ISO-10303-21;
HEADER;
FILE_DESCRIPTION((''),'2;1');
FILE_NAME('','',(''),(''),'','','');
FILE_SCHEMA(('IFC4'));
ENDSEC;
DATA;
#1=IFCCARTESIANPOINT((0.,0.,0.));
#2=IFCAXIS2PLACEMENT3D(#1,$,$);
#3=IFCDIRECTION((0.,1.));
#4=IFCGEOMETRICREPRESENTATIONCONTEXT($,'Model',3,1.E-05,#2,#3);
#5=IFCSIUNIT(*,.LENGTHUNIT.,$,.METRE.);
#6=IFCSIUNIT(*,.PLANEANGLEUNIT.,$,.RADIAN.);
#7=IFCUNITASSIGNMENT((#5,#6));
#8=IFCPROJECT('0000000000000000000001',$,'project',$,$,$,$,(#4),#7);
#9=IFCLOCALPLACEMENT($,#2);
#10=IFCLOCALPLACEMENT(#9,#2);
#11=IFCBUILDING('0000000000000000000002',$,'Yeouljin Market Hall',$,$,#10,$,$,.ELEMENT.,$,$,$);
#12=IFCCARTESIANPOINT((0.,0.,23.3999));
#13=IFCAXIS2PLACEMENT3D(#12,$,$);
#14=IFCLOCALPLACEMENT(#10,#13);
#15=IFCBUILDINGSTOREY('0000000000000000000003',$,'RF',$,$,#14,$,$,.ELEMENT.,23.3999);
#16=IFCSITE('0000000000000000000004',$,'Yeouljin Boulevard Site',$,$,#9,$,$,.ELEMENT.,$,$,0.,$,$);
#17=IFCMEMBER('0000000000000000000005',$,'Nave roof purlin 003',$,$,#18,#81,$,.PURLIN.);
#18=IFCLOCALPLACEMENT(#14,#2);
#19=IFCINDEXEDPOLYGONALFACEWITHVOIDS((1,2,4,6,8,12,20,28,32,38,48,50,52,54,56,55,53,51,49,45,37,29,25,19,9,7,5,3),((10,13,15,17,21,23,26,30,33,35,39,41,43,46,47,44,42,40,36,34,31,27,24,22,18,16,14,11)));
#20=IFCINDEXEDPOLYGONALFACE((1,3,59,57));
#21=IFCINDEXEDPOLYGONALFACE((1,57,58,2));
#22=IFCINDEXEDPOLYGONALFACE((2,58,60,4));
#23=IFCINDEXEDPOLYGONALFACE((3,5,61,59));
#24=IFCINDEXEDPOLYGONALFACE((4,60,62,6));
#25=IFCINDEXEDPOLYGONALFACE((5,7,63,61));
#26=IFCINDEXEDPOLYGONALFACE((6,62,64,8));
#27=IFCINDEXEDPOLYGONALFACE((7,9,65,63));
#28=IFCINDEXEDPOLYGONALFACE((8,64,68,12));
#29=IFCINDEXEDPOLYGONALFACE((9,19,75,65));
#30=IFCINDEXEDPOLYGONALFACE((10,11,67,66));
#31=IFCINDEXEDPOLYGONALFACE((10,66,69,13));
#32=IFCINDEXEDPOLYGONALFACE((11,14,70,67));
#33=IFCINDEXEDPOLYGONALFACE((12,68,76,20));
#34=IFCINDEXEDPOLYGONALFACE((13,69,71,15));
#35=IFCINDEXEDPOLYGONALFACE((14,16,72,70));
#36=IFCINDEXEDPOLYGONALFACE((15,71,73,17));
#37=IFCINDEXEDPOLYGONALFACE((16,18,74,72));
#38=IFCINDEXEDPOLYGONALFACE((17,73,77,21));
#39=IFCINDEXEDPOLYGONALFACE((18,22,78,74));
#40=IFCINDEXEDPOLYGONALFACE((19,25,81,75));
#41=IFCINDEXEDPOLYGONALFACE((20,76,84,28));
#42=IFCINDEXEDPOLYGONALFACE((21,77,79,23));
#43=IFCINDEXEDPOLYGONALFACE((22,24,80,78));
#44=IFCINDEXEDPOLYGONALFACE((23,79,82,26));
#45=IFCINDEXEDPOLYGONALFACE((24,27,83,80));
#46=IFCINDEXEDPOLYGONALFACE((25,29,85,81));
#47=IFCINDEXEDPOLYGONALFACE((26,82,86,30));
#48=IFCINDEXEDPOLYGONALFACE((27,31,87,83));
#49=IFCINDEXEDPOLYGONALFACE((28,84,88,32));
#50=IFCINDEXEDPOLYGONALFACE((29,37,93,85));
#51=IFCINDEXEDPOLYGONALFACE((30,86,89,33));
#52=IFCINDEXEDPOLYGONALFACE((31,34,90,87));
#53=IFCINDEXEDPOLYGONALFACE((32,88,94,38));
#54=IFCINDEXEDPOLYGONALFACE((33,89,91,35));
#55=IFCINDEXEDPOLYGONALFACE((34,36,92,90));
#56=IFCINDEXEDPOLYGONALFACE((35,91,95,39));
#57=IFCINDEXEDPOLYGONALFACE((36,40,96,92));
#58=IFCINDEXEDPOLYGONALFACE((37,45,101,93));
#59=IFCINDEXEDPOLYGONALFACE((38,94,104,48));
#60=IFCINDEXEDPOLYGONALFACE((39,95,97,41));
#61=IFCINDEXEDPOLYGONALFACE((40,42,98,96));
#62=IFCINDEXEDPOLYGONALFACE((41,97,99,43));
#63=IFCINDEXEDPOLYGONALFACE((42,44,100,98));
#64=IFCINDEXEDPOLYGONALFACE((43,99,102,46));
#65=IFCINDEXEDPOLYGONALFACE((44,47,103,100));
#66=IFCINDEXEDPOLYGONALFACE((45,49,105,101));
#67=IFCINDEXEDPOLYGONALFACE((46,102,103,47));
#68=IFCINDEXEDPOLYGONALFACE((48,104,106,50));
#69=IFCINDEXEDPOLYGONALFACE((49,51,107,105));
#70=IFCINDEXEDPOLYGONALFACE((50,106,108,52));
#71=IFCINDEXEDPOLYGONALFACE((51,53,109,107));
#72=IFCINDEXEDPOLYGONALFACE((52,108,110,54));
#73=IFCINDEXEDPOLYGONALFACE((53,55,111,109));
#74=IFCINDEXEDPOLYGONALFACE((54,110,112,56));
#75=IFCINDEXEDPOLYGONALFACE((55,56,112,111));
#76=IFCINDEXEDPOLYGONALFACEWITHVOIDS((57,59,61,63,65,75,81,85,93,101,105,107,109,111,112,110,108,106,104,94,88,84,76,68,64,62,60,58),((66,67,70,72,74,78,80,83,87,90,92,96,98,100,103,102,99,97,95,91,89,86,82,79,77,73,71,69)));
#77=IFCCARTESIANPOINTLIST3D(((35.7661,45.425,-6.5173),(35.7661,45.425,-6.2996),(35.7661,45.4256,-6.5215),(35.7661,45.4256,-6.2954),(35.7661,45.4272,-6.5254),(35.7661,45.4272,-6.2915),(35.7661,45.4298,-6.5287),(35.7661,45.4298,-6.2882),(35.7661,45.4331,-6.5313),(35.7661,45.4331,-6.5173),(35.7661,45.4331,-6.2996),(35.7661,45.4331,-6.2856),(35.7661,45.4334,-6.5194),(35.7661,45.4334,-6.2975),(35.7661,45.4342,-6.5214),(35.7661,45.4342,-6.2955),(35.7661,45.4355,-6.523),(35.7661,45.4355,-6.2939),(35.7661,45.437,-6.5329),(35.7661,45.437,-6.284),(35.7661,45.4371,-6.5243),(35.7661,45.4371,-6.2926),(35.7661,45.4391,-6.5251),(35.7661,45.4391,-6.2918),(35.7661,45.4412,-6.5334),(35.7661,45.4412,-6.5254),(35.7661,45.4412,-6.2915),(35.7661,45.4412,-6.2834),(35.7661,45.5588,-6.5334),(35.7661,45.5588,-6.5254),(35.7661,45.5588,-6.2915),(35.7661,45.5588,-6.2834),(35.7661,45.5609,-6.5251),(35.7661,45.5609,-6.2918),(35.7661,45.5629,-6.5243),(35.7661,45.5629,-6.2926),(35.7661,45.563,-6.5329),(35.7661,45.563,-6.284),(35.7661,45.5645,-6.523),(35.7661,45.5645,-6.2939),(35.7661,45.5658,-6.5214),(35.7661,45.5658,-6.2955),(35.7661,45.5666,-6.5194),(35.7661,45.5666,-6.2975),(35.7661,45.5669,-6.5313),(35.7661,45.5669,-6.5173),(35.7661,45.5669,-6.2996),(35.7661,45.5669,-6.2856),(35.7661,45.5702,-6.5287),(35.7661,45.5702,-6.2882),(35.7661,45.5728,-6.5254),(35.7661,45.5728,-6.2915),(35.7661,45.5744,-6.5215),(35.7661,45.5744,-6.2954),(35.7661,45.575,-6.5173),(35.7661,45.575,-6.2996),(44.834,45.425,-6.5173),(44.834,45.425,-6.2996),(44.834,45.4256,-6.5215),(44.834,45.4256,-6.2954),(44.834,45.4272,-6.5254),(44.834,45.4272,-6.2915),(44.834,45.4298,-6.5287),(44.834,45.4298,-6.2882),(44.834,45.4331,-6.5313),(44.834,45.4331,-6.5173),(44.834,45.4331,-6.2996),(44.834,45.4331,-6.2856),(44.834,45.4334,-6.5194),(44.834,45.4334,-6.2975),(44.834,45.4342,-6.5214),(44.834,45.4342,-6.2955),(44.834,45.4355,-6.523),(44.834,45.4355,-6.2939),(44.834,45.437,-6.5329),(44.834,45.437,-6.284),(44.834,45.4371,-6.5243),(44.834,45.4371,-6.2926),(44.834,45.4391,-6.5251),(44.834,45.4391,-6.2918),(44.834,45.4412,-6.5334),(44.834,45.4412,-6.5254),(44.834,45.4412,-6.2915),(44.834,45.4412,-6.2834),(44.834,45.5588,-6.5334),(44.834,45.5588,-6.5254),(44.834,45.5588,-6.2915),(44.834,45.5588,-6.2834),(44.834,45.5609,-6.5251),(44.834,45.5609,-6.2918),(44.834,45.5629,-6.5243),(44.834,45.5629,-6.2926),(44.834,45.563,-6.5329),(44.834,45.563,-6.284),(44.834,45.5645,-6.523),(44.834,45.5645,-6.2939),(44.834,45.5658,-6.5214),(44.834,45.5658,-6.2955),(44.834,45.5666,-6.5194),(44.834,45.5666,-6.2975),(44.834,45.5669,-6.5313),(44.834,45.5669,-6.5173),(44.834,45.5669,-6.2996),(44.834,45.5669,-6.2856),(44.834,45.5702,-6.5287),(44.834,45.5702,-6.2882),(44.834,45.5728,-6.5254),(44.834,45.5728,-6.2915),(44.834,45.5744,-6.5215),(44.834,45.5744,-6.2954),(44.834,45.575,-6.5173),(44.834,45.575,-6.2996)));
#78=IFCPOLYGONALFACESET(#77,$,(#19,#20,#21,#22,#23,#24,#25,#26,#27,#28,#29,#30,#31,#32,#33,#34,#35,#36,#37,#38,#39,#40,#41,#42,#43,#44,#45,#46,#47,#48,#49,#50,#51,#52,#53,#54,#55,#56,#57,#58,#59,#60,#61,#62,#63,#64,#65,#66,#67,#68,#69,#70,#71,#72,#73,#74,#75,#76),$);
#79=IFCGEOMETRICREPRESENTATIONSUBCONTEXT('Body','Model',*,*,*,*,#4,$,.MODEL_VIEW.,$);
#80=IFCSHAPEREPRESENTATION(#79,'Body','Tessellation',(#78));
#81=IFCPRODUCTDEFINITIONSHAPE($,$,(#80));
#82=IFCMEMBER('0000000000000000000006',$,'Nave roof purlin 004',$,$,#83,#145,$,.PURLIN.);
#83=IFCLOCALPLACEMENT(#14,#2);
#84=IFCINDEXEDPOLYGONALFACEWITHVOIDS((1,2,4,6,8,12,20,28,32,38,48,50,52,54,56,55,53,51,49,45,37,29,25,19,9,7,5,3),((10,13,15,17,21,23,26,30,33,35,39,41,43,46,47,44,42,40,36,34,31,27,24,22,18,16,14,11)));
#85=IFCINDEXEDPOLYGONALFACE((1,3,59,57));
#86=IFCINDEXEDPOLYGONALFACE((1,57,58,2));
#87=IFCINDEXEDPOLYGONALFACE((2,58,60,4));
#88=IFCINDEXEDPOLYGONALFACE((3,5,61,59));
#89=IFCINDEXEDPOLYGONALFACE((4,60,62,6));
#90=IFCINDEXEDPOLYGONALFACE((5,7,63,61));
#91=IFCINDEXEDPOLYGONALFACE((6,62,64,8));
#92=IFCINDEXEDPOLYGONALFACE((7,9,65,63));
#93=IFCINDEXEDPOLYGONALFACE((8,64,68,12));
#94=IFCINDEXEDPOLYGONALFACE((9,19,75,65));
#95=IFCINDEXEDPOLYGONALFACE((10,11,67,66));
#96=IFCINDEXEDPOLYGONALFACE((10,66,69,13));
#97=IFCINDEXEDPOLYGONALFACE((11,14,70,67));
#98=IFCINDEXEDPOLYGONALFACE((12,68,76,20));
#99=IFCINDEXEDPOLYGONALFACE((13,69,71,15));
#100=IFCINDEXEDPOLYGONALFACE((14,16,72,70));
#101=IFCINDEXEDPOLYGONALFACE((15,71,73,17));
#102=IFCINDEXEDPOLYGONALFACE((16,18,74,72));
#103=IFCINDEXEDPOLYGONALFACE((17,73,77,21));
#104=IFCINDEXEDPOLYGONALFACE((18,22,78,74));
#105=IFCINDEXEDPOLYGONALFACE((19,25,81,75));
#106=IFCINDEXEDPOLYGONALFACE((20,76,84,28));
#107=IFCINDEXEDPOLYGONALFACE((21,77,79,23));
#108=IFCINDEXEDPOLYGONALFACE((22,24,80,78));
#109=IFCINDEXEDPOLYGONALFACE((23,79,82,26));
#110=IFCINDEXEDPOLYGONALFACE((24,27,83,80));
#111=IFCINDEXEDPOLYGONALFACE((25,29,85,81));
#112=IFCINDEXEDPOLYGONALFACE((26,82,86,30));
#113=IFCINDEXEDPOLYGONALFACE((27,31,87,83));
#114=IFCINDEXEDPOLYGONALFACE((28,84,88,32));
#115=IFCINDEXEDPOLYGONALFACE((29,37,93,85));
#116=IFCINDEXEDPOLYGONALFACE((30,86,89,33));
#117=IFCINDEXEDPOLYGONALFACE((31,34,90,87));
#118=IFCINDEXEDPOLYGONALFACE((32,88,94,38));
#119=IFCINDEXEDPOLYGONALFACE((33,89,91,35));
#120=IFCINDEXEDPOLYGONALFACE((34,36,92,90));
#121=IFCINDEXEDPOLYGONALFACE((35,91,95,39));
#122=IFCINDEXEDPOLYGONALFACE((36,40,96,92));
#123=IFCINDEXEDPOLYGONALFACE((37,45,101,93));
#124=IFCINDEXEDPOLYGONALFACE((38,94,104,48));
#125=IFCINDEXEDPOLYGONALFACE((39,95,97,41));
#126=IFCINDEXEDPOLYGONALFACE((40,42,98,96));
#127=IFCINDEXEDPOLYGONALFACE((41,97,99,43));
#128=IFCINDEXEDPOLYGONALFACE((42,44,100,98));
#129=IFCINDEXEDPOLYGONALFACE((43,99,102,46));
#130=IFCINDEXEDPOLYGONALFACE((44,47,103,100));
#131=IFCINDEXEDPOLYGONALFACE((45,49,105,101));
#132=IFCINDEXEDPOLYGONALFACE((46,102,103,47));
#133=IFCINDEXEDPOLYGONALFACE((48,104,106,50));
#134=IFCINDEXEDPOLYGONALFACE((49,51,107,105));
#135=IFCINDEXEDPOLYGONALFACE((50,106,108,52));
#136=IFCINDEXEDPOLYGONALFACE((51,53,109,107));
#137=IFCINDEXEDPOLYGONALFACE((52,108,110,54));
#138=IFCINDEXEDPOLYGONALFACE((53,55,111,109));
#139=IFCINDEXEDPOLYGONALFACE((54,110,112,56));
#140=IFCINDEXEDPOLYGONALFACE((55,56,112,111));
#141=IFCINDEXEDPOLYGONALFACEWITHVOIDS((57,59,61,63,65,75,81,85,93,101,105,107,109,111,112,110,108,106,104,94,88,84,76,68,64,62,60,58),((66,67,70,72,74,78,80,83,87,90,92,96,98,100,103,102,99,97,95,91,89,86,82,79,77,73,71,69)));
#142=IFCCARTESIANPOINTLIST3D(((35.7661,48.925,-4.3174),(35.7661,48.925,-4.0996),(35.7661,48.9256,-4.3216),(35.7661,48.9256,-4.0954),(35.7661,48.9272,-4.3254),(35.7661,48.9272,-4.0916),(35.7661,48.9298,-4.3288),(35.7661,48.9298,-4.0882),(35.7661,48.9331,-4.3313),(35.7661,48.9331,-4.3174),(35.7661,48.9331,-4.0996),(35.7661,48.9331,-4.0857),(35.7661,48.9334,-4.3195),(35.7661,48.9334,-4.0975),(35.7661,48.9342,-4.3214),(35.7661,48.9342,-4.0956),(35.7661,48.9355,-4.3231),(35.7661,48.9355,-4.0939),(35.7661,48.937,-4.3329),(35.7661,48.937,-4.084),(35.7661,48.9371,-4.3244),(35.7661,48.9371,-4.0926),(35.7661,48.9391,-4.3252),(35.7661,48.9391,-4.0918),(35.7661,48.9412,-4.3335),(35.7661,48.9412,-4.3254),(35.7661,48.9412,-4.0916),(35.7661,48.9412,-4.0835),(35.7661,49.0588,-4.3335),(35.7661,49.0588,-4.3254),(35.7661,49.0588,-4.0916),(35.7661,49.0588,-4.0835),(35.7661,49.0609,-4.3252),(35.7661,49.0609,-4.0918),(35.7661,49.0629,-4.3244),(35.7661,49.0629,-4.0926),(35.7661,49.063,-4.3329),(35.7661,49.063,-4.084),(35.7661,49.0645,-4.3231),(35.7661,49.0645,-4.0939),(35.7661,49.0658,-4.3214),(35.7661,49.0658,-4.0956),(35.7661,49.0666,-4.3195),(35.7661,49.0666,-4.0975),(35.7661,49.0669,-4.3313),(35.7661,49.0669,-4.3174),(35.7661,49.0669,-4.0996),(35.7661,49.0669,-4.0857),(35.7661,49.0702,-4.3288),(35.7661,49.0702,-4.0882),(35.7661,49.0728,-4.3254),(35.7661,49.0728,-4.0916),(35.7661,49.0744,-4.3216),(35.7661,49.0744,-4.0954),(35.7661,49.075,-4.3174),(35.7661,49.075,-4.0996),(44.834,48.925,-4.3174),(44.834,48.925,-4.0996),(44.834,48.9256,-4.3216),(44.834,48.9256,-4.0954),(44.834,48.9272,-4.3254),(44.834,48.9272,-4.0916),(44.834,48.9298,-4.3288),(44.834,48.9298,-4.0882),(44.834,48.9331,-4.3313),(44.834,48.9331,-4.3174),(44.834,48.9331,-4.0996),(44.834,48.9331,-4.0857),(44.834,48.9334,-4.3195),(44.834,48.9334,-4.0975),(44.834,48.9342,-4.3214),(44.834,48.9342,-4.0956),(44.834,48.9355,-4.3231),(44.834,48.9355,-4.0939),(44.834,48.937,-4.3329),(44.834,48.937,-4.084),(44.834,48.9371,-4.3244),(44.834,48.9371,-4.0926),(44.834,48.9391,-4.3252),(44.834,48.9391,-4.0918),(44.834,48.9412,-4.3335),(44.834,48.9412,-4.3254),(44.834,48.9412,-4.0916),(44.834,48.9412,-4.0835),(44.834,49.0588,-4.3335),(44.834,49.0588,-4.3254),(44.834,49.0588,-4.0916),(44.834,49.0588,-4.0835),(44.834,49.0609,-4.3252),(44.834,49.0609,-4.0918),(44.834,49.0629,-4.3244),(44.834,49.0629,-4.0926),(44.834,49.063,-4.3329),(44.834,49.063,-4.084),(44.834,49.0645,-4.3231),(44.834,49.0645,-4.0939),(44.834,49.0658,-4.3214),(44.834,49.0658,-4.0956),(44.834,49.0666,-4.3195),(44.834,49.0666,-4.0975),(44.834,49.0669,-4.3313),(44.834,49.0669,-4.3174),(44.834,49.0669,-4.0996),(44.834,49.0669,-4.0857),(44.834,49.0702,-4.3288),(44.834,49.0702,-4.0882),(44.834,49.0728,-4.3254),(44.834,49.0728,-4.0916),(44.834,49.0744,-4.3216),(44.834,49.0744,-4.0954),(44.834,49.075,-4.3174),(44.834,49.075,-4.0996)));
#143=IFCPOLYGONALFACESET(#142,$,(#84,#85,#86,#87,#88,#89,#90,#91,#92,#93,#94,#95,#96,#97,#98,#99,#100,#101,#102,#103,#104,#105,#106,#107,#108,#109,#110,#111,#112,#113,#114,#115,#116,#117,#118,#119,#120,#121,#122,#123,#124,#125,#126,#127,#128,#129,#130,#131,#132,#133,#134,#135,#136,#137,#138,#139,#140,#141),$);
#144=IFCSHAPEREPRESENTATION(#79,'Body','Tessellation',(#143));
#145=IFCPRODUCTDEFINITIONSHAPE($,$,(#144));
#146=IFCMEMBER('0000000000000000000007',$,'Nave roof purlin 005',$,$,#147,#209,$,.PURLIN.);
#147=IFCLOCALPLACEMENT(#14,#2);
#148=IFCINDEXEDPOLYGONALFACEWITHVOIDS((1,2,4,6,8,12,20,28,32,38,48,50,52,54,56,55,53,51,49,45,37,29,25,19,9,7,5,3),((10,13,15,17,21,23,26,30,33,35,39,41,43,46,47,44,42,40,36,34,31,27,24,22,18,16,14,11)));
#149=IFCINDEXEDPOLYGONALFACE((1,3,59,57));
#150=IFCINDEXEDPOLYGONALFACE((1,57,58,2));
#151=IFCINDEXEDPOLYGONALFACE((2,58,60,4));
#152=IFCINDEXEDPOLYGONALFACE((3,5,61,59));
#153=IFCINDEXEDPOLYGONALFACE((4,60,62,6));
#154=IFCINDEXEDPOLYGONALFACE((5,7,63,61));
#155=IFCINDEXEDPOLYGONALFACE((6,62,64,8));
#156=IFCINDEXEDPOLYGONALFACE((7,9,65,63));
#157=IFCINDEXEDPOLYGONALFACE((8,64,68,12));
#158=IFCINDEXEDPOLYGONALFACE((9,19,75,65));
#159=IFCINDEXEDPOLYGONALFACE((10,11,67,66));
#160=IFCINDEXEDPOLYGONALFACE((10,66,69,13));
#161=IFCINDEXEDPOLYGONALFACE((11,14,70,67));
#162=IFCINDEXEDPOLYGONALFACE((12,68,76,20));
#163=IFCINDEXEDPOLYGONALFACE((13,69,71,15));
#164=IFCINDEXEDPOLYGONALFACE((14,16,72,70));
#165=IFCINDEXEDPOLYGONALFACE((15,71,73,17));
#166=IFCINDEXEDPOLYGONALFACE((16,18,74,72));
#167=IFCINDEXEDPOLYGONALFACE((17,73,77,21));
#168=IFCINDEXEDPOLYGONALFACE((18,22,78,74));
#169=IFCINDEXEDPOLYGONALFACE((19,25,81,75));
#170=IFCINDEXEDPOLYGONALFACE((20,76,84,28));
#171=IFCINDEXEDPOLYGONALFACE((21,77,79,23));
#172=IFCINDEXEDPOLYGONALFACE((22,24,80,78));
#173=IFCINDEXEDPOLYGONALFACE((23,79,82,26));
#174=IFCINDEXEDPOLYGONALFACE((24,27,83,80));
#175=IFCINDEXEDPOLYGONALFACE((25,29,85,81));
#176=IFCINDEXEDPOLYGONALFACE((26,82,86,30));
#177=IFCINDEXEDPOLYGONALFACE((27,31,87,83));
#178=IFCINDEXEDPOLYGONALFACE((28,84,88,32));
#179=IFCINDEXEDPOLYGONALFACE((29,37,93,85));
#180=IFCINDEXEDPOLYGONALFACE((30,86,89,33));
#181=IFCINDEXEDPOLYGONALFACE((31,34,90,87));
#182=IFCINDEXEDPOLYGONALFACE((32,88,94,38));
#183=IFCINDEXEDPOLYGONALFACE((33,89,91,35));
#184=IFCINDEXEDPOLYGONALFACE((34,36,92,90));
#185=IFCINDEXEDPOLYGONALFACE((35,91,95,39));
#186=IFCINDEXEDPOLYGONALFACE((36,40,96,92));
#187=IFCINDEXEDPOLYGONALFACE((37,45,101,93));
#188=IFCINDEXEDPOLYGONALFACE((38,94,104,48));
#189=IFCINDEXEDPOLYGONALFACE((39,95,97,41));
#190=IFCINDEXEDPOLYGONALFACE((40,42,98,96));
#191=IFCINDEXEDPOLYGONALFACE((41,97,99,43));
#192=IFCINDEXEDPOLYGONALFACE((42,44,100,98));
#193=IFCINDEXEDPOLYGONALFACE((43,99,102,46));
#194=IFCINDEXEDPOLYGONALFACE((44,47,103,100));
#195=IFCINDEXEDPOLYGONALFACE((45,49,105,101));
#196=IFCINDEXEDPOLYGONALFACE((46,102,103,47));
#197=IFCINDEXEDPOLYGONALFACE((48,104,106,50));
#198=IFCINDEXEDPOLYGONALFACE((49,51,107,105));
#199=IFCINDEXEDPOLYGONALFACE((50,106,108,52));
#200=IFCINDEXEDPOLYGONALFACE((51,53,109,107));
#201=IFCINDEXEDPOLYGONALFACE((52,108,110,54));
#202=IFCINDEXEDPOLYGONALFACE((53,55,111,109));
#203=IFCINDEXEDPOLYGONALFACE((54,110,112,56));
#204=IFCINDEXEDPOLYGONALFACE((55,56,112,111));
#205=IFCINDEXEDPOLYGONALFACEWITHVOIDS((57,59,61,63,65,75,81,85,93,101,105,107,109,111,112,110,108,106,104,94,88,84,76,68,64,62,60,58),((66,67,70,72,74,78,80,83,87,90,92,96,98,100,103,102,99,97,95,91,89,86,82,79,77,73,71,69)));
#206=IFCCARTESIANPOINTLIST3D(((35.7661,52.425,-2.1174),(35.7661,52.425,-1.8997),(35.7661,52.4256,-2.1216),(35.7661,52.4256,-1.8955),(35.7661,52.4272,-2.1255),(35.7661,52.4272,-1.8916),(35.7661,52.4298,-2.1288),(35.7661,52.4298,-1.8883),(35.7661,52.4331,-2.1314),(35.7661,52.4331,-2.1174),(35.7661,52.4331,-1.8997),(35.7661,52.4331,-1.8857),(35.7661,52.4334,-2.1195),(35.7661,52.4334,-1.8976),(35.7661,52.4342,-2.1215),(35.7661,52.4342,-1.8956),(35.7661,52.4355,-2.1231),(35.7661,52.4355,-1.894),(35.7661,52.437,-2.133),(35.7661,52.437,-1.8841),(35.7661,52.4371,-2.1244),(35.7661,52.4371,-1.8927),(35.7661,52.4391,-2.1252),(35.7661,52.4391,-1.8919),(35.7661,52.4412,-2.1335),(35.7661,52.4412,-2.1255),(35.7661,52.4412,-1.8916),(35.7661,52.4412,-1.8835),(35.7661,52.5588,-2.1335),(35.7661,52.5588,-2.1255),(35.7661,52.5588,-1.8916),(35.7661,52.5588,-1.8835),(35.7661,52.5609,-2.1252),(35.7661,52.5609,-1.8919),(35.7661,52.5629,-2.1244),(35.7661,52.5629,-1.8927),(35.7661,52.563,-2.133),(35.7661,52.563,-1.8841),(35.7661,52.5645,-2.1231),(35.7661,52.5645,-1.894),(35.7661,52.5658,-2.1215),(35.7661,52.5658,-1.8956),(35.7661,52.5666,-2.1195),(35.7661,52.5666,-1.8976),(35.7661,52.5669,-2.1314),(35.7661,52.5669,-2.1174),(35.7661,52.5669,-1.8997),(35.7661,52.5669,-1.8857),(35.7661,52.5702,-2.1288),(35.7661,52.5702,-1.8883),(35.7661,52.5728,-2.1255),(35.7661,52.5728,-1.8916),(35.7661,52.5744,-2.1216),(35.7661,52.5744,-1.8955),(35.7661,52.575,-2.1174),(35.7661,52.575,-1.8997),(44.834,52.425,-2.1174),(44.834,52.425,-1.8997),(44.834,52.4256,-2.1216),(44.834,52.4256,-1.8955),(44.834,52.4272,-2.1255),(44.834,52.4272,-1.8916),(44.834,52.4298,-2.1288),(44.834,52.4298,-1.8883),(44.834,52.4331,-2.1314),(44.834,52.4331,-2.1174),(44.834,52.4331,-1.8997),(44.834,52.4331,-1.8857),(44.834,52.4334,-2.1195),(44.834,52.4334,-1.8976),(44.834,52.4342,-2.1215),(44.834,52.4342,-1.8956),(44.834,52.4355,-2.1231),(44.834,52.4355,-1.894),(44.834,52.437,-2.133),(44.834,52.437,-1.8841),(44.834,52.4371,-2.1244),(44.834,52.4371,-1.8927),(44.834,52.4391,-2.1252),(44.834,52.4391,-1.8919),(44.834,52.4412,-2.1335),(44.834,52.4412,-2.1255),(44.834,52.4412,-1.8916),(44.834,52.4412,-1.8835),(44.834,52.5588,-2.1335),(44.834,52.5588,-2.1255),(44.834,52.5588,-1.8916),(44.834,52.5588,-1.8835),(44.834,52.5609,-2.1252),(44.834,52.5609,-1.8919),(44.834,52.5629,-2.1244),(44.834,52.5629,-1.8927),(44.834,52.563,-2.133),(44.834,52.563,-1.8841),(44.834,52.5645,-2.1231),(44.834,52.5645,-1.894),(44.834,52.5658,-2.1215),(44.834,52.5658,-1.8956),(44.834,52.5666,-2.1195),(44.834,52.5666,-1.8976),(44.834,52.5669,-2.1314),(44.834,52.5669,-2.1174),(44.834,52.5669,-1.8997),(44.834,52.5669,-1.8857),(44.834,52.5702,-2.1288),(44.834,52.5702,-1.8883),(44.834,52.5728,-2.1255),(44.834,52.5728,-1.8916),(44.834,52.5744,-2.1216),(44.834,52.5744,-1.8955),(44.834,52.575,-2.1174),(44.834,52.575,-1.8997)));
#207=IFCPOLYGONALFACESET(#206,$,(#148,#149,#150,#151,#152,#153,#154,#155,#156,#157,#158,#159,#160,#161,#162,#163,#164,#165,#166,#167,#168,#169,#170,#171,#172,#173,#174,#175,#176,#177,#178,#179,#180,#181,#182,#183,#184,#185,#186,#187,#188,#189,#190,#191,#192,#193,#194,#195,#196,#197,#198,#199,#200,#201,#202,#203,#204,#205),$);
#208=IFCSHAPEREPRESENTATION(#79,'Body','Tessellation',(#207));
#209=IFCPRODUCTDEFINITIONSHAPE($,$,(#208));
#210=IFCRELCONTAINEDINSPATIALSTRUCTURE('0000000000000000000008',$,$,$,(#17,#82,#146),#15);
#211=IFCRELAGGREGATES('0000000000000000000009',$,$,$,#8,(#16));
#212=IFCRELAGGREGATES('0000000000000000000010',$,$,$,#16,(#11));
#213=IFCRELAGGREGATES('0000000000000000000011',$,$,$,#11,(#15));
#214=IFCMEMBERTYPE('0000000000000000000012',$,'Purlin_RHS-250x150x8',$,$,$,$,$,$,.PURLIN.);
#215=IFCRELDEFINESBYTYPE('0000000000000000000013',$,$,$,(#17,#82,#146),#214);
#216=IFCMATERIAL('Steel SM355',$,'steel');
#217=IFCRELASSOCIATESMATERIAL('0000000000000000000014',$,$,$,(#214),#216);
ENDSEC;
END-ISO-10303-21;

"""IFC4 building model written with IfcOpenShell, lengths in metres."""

from ifc_helpers import new_model, si_unit, direction, frame, origin, origin_2d, place, context, subcontext, project, spatial, hollow_rectangle, extrude, material, material_profile, profile_set, type_object, element, save


model = new_model("IFC4")

# Units and contexts
model_context = context("Model", 3, precision=1e-05, world=origin(), true_north=direction((0.0, 1.0)))
body_context = subcontext(model_context, "Body", "Model", "MODEL_VIEW")
ifc_project = project(units=[si_unit("LENGTHUNIT", "METRE"), si_unit("PLANEANGLEUNIT", "RADIAN")], contexts=[model_context])

# Site, building, storey
site_placement = place(None, origin())
site = spatial("IfcSite", under=ifc_project, at=site_placement, Name="Yeouljin Boulevard Site", CompositionType="ELEMENT", RefElevation=0.0)
building_placement = place(site_placement, origin())
building = spatial("IfcBuilding", under=site, at=building_placement, Name="Yeouljin Market Hall", CompositionType="ELEMENT")
storey_placement = place(building_placement, frame((0.0, 0.0, 23.3999)))
storey = spatial("IfcBuildingStorey", under=building, at=storey_placement, Name="RF", CompositionType="ELEMENT", Elevation=23.3999)

# Members
ifc_material_1 = material(Name="Steel SM355", Category="steel")
ifc_material_profile_1 = material_profile(ifc_material_1, hollow_rectangle(XDim=0.1499, YDim=0.25, WallThickness=0.0081, InnerFilletRadius=0.0081, OuterFilletRadius=0.0161, at=origin_2d()), Name="RHS-250x150x8")
ifc_profile_set_1 = profile_set([ifc_material_profile_1], Name="Steel SM355")
member_type_1 = type_object("IfcMemberType", Name="Purlin_RHS-250x150x8", PredefinedType="PURLIN", material=ifc_profile_set_1)
for number, where, z_axis, x_axis, name in (
    (1, (35.7661, 45.5, -6.4084), (1.0, 0.0, 0.0), (0.0, 1.0, 0.0), "Nave roof purlin 003"),
    (2, (35.7661, 49.0, -4.2085), (1.0, 0.0, 0.0), (0.0, 1.0, 0.0), "Nave roof purlin 004"),
    (3, (35.7661, 52.5, -2.0085), (1.0, 0.0, 0.0), (0.0, 1.0, 0.0), "Nave roof purlin 005"),
):
    element("IfcMember", number, at=place(storey_placement, frame(where, z_axis=z_axis, x_axis=x_axis)), inside=storey, type_object=member_type_1, Name=name, PredefinedType="PURLIN", context=body_context, shape_type="SweptSolid", body=[
        extrude(hollow_rectangle(XDim=0.1499, YDim=0.25, WallThickness=0.0081, InnerFilletRadius=0.0081, OuterFilletRadius=0.0161, at=origin_2d()), origin(), (0.0, 0.0, 1.0), 9.0679),
    ])

save(model, "model.ifc")
